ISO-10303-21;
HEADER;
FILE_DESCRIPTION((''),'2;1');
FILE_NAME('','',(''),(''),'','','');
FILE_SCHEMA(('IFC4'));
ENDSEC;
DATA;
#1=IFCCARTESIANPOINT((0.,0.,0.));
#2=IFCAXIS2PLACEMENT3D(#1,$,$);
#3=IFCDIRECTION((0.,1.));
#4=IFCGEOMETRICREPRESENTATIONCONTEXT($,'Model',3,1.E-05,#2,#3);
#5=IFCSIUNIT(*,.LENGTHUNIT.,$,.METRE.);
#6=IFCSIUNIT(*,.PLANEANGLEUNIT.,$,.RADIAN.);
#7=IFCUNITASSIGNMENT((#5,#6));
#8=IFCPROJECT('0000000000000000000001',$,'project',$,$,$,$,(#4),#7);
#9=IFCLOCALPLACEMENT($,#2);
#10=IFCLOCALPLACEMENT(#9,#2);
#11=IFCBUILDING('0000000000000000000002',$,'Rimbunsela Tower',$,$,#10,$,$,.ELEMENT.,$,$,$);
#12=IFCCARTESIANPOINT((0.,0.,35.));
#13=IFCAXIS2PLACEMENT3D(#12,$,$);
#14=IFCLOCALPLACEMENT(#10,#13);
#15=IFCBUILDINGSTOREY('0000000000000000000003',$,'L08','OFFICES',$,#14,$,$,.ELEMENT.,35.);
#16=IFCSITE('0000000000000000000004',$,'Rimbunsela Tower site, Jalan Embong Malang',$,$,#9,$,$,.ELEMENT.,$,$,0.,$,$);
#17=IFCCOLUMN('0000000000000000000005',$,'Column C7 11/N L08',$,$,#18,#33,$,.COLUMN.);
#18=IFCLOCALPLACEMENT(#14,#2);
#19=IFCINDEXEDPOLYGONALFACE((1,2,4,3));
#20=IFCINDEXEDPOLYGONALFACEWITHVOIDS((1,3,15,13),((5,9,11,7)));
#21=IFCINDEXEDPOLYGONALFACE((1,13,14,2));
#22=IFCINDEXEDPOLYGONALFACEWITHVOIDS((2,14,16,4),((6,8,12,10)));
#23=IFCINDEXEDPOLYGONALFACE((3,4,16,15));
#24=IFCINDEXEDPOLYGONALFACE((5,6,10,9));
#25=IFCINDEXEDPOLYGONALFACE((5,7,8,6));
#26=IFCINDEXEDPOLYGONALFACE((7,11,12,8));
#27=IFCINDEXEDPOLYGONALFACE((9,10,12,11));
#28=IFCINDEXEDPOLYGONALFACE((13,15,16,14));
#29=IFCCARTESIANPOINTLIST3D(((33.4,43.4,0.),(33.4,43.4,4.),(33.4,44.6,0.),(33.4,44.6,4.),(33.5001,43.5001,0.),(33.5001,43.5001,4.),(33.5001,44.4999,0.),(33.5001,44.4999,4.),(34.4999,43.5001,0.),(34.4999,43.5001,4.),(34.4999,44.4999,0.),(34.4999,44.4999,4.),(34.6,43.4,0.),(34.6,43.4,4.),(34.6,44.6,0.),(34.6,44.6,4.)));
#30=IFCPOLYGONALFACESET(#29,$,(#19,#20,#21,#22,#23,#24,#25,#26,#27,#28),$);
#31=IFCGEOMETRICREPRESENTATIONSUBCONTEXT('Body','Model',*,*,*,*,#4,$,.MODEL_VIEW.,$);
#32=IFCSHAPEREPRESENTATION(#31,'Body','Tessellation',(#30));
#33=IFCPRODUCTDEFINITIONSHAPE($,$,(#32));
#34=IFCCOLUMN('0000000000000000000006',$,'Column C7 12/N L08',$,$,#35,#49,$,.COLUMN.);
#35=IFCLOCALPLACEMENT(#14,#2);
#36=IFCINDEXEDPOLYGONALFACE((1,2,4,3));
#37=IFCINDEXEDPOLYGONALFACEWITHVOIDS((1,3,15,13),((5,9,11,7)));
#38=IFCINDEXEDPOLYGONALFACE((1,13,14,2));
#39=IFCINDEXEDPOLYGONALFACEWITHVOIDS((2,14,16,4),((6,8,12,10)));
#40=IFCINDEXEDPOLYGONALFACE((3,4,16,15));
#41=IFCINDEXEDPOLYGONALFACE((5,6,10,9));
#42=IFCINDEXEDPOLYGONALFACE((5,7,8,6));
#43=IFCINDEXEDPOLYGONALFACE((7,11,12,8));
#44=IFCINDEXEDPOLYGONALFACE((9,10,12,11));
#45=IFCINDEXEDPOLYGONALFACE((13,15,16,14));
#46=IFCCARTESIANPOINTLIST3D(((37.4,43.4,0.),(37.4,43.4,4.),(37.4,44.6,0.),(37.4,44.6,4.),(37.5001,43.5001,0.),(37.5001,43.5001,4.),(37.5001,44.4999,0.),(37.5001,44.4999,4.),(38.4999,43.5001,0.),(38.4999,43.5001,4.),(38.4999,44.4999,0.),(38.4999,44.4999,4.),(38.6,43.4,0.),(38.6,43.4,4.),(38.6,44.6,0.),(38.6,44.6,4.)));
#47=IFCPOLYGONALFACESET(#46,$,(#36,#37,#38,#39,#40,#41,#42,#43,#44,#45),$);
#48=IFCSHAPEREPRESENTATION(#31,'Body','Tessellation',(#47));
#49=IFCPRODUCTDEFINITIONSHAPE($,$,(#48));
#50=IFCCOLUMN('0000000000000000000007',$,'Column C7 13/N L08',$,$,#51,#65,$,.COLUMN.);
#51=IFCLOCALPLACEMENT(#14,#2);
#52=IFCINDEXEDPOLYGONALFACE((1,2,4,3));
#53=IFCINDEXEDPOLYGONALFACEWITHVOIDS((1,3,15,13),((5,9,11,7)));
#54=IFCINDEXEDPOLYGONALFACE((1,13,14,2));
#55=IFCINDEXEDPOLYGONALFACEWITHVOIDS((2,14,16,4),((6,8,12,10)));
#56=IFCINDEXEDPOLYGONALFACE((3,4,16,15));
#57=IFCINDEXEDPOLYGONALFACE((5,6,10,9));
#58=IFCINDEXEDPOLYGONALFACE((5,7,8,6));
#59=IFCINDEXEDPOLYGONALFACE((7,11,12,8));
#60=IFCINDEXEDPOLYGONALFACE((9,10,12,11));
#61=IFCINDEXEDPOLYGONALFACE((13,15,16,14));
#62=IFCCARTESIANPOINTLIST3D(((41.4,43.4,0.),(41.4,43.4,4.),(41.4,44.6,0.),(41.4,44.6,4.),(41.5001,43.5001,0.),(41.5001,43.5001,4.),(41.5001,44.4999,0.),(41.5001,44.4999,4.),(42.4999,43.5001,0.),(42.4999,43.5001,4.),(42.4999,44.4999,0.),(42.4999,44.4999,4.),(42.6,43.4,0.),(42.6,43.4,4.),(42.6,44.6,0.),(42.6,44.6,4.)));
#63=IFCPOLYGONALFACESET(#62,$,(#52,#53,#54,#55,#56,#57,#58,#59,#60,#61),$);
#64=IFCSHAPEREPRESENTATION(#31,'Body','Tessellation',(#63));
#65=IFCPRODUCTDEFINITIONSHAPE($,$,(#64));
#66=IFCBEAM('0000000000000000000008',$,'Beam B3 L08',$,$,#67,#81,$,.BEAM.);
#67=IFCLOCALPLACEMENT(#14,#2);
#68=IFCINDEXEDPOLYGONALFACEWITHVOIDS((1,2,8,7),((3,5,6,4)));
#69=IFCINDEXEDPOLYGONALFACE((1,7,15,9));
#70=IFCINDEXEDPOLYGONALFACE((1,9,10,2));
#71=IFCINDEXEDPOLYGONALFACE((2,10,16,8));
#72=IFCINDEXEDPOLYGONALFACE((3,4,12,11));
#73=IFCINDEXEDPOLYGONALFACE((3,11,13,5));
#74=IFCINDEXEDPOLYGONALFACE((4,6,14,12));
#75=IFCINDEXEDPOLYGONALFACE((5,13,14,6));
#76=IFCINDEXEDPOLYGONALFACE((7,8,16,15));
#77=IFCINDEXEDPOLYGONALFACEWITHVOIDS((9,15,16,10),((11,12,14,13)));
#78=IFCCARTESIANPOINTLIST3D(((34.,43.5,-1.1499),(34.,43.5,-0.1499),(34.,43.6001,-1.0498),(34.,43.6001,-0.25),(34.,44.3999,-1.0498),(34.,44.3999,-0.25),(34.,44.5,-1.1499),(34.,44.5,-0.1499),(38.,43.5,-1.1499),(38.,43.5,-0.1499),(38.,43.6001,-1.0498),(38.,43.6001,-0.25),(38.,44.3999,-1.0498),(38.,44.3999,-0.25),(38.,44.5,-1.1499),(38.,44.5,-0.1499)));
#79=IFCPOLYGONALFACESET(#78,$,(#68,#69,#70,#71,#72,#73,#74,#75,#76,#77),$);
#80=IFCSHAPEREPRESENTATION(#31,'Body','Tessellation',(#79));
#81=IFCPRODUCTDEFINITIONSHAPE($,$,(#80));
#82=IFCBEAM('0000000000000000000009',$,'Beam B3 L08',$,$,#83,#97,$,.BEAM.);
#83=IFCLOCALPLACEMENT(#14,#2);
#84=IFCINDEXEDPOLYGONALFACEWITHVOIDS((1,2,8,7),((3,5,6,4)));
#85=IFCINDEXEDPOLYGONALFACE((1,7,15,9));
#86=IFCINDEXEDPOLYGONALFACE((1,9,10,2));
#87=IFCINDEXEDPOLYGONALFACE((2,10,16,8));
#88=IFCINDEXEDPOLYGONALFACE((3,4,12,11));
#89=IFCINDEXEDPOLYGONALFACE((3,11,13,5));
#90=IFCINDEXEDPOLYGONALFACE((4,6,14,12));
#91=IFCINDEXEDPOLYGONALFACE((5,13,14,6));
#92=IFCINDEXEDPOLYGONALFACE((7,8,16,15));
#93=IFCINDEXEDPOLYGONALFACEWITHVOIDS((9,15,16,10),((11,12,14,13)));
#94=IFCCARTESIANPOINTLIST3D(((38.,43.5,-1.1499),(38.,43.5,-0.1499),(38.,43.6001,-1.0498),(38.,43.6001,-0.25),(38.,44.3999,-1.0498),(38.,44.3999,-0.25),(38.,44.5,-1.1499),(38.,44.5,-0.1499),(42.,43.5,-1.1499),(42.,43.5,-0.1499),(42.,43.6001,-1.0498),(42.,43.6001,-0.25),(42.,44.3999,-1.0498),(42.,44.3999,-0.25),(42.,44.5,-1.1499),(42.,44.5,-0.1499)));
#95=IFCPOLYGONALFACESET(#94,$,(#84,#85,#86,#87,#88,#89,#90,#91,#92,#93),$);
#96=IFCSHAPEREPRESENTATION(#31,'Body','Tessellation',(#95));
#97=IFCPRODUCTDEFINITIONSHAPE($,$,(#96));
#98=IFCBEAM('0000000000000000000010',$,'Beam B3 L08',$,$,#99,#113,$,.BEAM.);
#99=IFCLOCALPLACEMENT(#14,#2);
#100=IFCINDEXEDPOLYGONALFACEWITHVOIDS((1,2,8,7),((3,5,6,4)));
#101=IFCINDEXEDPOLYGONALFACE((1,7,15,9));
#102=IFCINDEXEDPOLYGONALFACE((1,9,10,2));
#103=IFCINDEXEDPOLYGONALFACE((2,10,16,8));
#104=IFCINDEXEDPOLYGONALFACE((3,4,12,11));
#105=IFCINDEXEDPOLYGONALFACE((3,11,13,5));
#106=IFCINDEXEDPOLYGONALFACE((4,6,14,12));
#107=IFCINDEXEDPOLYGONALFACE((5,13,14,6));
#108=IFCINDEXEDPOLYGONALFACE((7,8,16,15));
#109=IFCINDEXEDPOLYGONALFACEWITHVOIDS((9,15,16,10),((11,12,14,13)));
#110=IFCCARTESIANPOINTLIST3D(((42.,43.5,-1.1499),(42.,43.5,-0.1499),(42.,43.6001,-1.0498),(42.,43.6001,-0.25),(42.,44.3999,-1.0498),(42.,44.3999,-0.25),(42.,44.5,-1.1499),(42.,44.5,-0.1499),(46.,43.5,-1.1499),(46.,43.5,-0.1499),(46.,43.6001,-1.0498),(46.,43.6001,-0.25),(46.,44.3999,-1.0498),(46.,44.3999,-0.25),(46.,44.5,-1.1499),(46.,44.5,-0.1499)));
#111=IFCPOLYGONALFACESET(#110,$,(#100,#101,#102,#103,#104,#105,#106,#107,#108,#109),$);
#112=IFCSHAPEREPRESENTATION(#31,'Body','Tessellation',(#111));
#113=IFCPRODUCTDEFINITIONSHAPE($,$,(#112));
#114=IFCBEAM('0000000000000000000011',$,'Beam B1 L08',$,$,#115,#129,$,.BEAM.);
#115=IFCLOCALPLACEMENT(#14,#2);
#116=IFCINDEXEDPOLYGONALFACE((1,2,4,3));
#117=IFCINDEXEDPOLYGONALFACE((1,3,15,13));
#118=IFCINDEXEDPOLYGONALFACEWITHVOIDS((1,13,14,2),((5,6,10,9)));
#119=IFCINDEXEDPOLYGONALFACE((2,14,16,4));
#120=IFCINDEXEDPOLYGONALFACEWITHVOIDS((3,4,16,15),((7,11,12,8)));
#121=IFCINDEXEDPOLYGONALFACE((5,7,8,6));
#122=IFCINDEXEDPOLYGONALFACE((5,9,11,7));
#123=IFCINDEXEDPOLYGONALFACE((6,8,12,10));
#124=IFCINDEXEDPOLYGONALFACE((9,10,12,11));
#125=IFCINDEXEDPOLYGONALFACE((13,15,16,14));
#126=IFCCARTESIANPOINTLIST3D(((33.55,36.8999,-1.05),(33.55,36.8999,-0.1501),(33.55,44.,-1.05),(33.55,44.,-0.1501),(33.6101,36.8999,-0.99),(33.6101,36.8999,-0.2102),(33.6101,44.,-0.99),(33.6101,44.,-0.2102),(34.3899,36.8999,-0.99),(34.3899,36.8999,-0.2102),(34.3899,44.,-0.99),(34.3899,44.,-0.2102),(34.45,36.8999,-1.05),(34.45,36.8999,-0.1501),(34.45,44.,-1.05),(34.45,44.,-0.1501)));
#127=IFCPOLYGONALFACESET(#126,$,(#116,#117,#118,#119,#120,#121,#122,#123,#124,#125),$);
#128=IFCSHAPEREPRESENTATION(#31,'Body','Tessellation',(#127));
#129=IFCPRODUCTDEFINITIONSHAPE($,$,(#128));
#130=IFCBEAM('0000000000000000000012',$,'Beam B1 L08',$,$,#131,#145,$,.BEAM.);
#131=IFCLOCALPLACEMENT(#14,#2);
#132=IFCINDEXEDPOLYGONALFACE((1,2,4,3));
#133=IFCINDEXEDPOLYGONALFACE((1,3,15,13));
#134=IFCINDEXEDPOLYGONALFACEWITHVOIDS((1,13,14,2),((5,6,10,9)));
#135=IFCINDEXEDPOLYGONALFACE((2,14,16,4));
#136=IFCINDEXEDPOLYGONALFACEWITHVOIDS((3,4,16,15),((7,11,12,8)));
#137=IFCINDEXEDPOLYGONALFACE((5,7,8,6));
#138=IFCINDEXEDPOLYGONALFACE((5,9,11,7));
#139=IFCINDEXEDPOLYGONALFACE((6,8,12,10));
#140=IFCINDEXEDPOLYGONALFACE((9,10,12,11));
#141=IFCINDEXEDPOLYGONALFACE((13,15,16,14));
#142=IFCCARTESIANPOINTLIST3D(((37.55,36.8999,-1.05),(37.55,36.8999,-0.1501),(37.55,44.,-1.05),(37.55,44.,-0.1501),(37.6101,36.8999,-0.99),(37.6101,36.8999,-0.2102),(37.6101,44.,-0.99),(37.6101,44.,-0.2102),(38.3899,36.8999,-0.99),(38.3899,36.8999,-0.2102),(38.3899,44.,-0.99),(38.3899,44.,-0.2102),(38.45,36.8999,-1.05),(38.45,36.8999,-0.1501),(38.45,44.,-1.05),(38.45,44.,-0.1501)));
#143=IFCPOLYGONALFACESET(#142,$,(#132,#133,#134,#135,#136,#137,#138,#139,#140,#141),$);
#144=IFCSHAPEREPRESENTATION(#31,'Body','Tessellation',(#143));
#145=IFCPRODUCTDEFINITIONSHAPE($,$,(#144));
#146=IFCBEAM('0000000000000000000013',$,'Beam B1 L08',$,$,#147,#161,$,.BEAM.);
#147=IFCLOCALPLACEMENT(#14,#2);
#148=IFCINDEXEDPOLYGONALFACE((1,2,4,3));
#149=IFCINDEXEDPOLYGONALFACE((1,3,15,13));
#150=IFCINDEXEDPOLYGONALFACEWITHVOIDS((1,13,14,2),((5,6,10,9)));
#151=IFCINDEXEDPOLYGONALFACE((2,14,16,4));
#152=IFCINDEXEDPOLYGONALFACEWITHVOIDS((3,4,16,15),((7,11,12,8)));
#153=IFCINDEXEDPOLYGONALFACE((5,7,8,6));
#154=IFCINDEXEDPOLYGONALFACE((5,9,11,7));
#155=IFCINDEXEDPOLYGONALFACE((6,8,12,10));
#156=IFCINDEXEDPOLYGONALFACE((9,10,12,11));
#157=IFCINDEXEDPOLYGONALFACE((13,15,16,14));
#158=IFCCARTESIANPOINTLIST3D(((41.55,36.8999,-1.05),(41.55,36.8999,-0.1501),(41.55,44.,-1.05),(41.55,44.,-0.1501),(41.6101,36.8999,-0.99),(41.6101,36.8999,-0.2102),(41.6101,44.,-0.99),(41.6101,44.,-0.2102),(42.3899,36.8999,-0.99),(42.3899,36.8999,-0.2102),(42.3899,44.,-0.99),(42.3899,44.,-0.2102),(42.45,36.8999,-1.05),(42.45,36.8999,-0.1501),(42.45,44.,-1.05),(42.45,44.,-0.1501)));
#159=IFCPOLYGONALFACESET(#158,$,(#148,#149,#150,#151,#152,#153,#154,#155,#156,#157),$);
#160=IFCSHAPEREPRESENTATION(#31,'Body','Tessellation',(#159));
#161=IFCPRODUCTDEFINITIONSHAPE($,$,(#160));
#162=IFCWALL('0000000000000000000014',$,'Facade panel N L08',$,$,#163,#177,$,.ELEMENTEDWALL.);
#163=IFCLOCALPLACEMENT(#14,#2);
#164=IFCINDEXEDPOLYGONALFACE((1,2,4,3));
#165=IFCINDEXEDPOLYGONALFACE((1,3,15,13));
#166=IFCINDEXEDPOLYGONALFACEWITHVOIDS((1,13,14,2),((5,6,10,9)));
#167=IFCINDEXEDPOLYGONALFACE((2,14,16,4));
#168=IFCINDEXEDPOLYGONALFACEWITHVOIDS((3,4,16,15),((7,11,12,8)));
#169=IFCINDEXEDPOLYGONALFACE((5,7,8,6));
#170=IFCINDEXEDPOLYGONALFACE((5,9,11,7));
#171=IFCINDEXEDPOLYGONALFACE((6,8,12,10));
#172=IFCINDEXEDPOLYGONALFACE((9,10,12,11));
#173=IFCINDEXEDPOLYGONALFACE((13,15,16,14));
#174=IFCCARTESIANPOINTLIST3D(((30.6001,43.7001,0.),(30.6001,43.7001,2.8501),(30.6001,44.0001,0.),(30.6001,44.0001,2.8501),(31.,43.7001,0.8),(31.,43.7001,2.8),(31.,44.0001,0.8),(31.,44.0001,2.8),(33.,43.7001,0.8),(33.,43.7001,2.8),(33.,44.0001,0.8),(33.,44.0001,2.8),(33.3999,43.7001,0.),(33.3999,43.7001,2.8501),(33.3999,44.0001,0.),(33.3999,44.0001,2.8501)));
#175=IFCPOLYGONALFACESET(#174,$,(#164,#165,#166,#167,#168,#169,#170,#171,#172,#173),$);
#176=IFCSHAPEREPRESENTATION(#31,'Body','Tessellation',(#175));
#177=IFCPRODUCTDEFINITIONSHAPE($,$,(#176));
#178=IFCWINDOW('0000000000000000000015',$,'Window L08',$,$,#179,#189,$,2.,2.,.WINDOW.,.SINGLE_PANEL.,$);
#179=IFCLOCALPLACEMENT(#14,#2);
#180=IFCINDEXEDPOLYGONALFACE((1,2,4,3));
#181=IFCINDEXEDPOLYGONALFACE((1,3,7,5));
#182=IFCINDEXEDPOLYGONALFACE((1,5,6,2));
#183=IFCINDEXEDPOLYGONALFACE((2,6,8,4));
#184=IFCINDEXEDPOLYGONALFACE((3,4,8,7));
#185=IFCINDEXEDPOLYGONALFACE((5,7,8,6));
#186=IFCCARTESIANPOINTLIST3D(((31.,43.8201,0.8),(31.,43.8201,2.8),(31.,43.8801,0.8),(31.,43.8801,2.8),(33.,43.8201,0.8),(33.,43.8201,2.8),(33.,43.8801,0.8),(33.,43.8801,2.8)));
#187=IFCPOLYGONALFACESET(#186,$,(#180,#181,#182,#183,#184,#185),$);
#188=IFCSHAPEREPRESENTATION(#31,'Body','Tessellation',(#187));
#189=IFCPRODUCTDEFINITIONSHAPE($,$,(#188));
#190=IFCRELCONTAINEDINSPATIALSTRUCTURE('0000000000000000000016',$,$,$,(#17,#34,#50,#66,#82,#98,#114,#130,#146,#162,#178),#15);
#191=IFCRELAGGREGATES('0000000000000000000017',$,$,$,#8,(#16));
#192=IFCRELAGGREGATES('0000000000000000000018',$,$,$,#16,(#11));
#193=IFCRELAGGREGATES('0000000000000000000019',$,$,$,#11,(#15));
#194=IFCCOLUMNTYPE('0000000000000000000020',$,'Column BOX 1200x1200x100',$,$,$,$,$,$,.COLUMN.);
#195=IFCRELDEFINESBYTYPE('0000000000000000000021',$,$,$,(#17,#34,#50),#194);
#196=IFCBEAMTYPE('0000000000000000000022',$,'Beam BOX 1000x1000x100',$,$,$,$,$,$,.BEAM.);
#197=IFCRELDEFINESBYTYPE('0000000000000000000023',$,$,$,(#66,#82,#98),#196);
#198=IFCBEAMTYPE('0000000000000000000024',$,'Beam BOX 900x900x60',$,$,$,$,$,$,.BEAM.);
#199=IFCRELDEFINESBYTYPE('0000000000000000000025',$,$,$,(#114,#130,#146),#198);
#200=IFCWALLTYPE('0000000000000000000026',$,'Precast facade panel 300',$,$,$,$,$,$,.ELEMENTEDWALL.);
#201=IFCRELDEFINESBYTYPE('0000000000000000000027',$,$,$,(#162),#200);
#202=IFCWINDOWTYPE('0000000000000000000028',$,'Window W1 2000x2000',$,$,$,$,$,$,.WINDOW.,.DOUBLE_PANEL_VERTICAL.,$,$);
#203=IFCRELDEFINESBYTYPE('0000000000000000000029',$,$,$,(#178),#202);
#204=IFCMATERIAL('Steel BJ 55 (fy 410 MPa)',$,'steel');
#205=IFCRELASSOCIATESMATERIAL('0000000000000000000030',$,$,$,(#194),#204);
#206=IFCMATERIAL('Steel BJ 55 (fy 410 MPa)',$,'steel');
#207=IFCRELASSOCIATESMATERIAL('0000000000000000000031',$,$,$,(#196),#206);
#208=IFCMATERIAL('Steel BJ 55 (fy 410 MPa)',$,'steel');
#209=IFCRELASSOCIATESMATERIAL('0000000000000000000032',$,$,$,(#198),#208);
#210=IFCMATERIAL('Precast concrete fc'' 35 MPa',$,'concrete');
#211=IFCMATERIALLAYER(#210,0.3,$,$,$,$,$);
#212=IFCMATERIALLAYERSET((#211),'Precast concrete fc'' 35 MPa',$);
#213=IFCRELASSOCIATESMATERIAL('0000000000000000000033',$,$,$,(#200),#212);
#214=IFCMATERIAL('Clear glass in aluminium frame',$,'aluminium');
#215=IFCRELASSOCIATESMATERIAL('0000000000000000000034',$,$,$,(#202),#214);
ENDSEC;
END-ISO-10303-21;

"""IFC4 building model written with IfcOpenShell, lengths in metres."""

from ifc_helpers import new_model, si_unit, direction, frame, frame_2d, origin, origin_2d, place, context, subcontext, project, spatial, rectangle, hollow_rectangle, extrude, material, layer, layer_set, material_profile, profile_set, type_object, element, fill, save


model = new_model("IFC4")

# Units and contexts
model_context = context("Model", 3, precision=1e-05, world=origin(), true_north=direction((0.0, 1.0)))
body_context = subcontext(model_context, "Body", "Model", "MODEL_VIEW")
ifc_project = project(units=[si_unit("LENGTHUNIT", "METRE"), si_unit("PLANEANGLEUNIT", "RADIAN")], contexts=[model_context])

# Site, building, storey
site_placement = place(None, origin())
site = spatial("IfcSite", under=ifc_project, at=site_placement, Name="Rimbunsela Tower site, Jalan Embong Malang", CompositionType="ELEMENT", RefElevation=0.0)
building_placement = place(site_placement, origin())
building = spatial("IfcBuilding", under=site, at=building_placement, Name="Rimbunsela Tower", CompositionType="ELEMENT")
storey_placement = place(building_placement, frame((0.0, 0.0, 35.0)))
storey = spatial("IfcBuildingStorey", under=building, at=storey_placement, Name="L08", Description="OFFICES", CompositionType="ELEMENT", Elevation=35.0)

# Columns
ifc_material_1 = material(Name="Steel BJ 55 (fy 410 MPa)", Category="steel")
ifc_material_profile_1 = material_profile(ifc_material_1, hollow_rectangle(XDim=1.2, YDim=1.2, WallThickness=0.1001, at=origin_2d()), Name="BOX 1200x1200x100")
ifc_profile_set_1 = profile_set([ifc_material_profile_1], Name="Steel BJ 55 (fy 410 MPa)")
column_type = type_object("IfcColumnType", Name="Column BOX 1200x1200x100", PredefinedType="COLUMN", material=ifc_profile_set_1)
for number, where, z_axis, x_axis, name in (
    (1, (34.0, 44.0, 0.0), (0.0, 0.0, 1.0), (1.0, 0.0, 0.0), "Column C7 11/N L08"),
    (2, (38.0, 44.0, 0.0), (0.0, 0.0, 1.0), (1.0, 0.0, 0.0), "Column C7 12/N L08"),
    (3, (42.0, 44.0, 0.0), (0.0, 0.0, 1.0), (1.0, 0.0, 0.0), "Column C7 13/N L08"),
):
    element("IfcColumn", number, at=place(storey_placement, frame(where, z_axis=z_axis, x_axis=x_axis)), inside=storey, type_object=column_type, Name=name, PredefinedType="COLUMN", context=body_context, shape_type="SweptSolid", body=[
        extrude(hollow_rectangle(XDim=1.2, YDim=1.2, WallThickness=0.1001, at=origin_2d()), origin(), (0.0, 0.0, 1.0), 4.0),
    ])

# Beams
ifc_material_2 = material(Name="Steel BJ 55 (fy 410 MPa)", Category="steel")
ifc_material_profile_2 = material_profile(ifc_material_2, hollow_rectangle(XDim=1.0, YDim=1.0, WallThickness=0.1001, at=origin_2d()), Name="BOX 1000x1000x100")
ifc_profile_set_2 = profile_set([ifc_material_profile_2], Name="Steel BJ 55 (fy 410 MPa)")
beam_type_1 = type_object("IfcBeamType", Name="Beam BOX 1000x1000x100", PredefinedType="BEAM", material=ifc_profile_set_2)
for number, where, z_axis, x_axis, name in (
    (4, (34.0, 44.0, -0.6499), (1.0, 0.0, 0.0), (0.0, 1.0, 0.0), "Beam B3 L08"),
    (5, (38.0, 44.0, -0.6499), (1.0, 0.0, 0.0), (0.0, 1.0, 0.0), "Beam B3 L08"),
    (6, (42.0, 44.0, -0.6499), (1.0, 0.0, 0.0), (0.0, 1.0, 0.0), "Beam B3 L08"),
):
    element("IfcBeam", number, at=place(storey_placement, frame(where, z_axis=z_axis, x_axis=x_axis)), inside=storey, type_object=beam_type_1, Name=name, PredefinedType="BEAM", context=body_context, shape_type="SweptSolid", body=[
        extrude(hollow_rectangle(XDim=1.0, YDim=1.0, WallThickness=0.1001, at=origin_2d()), origin(), (0.0, 0.0, 1.0), 4.0),
    ])
ifc_material_3 = material(Name="Steel BJ 55 (fy 410 MPa)", Category="steel")
ifc_material_profile_3 = material_profile(ifc_material_3, hollow_rectangle(XDim=0.8999, YDim=0.8999, WallThickness=0.0601, at=origin_2d()), Name="BOX 900x900x60")
ifc_profile_set_3 = profile_set([ifc_material_profile_3], Name="Steel BJ 55 (fy 410 MPa)")
beam_type_2 = type_object("IfcBeamType", Name="Beam BOX 900x900x60", PredefinedType="BEAM", material=ifc_profile_set_3)
for number, where, z_axis, x_axis, name in (
    (7, (34.0, 36.8999, -0.6001), (0.0, 1.0, 0.0), (-1.0, 0.0, 0.0), "Beam B1 L08"),
    (8, (38.0, 36.8999, -0.6001), (0.0, 1.0, 0.0), (-1.0, 0.0, 0.0), "Beam B1 L08"),
    (9, (42.0, 36.8999, -0.6001), (0.0, 1.0, 0.0), (-1.0, 0.0, 0.0), "Beam B1 L08"),
):
    element("IfcBeam", number, at=place(storey_placement, frame(where, z_axis=z_axis, x_axis=x_axis)), inside=storey, type_object=beam_type_2, Name=name, PredefinedType="BEAM", context=body_context, shape_type="SweptSolid", body=[
        extrude(hollow_rectangle(XDim=0.8999, YDim=0.8999, WallThickness=0.0601, at=origin_2d()), origin(), (0.0, 0.0, 1.0), 7.1001),
    ])

# Wall, opening, window
ifc_material_4 = material(Name="Precast concrete fc' 35 MPa", Category="concrete")
ifc_layer_1 = layer(ifc_material_4, 0.3)
ifc_layer_set_1 = layer_set([ifc_layer_1], Name="Precast concrete fc' 35 MPa")
wall_type_1 = type_object("IfcWallType", Name="Precast facade panel 300", PredefinedType="ELEMENTEDWALL", material=ifc_layer_set_1)
wall_1_placement = place(storey_placement, frame((33.3999, 43.8501, 0.0), z_axis=(0.0, 0.0, 1.0), x_axis=(-1.0, 0.0, 0.0)))
wall_1 = element("IfcWall", 10, at=wall_1_placement, inside=storey, type_object=wall_type_1, Name="Facade panel N L08", PredefinedType="ELEMENTEDWALL", context=body_context, shape_type="SweptSolid", body=[
    extrude(rectangle(XDim=2.7998, YDim=0.3, at=frame_2d((1.3999, 0.0))), origin(), (0.0, 0.0, 1.0), 2.8501),
])
opening_1_placement = place(wall_1_placement, frame((0.3999, 0.0, 0.8)))
opening_1 = element("IfcOpeningElement", 11, at=opening_1_placement, cuts=wall_1, PredefinedType="OPENING", context=body_context, shape_type="SweptSolid", body=[
    extrude(rectangle(XDim=2.0, YDim=2.0, at=frame_2d((1.0, 1.0))), frame((0.0, 0.1599, 0.0), z_axis=(0.0, -1.0, 0.0), x_axis=(1.0, 0.0, 0.0)), (0.0, 0.0, 1.0), 0.3201),
])
ifc_material_5 = material(Name="Clear glass in aluminium frame", Category="aluminium")
window_type = type_object("IfcWindowType", Name="Window W1 2000x2000", PartitioningType="DOUBLE_PANEL_VERTICAL", PredefinedType="WINDOW", material=ifc_material_5)
window_1_placement = place(opening_1_placement, origin())
window_1 = element("IfcWindow", 12, at=window_1_placement, inside=storey, type_object=window_type, Name="Window L08", OverallHeight=2.0, OverallWidth=2.0, PartitioningType="SINGLE_PANEL", PredefinedType="WINDOW", context=body_context, shape_type="SweptSolid", body=[
    extrude(rectangle(XDim=2.0, YDim=2.0, at=frame_2d((1.0, 1.0))), frame((0.0, 0.03, 0.0), z_axis=(0.0, -1.0, 0.0), x_axis=(1.0, 0.0, 0.0)), (0.0, 0.0, 1.0), 0.0601),
])
fill(opening_1, window_1)

save(model, "model.ifc")
